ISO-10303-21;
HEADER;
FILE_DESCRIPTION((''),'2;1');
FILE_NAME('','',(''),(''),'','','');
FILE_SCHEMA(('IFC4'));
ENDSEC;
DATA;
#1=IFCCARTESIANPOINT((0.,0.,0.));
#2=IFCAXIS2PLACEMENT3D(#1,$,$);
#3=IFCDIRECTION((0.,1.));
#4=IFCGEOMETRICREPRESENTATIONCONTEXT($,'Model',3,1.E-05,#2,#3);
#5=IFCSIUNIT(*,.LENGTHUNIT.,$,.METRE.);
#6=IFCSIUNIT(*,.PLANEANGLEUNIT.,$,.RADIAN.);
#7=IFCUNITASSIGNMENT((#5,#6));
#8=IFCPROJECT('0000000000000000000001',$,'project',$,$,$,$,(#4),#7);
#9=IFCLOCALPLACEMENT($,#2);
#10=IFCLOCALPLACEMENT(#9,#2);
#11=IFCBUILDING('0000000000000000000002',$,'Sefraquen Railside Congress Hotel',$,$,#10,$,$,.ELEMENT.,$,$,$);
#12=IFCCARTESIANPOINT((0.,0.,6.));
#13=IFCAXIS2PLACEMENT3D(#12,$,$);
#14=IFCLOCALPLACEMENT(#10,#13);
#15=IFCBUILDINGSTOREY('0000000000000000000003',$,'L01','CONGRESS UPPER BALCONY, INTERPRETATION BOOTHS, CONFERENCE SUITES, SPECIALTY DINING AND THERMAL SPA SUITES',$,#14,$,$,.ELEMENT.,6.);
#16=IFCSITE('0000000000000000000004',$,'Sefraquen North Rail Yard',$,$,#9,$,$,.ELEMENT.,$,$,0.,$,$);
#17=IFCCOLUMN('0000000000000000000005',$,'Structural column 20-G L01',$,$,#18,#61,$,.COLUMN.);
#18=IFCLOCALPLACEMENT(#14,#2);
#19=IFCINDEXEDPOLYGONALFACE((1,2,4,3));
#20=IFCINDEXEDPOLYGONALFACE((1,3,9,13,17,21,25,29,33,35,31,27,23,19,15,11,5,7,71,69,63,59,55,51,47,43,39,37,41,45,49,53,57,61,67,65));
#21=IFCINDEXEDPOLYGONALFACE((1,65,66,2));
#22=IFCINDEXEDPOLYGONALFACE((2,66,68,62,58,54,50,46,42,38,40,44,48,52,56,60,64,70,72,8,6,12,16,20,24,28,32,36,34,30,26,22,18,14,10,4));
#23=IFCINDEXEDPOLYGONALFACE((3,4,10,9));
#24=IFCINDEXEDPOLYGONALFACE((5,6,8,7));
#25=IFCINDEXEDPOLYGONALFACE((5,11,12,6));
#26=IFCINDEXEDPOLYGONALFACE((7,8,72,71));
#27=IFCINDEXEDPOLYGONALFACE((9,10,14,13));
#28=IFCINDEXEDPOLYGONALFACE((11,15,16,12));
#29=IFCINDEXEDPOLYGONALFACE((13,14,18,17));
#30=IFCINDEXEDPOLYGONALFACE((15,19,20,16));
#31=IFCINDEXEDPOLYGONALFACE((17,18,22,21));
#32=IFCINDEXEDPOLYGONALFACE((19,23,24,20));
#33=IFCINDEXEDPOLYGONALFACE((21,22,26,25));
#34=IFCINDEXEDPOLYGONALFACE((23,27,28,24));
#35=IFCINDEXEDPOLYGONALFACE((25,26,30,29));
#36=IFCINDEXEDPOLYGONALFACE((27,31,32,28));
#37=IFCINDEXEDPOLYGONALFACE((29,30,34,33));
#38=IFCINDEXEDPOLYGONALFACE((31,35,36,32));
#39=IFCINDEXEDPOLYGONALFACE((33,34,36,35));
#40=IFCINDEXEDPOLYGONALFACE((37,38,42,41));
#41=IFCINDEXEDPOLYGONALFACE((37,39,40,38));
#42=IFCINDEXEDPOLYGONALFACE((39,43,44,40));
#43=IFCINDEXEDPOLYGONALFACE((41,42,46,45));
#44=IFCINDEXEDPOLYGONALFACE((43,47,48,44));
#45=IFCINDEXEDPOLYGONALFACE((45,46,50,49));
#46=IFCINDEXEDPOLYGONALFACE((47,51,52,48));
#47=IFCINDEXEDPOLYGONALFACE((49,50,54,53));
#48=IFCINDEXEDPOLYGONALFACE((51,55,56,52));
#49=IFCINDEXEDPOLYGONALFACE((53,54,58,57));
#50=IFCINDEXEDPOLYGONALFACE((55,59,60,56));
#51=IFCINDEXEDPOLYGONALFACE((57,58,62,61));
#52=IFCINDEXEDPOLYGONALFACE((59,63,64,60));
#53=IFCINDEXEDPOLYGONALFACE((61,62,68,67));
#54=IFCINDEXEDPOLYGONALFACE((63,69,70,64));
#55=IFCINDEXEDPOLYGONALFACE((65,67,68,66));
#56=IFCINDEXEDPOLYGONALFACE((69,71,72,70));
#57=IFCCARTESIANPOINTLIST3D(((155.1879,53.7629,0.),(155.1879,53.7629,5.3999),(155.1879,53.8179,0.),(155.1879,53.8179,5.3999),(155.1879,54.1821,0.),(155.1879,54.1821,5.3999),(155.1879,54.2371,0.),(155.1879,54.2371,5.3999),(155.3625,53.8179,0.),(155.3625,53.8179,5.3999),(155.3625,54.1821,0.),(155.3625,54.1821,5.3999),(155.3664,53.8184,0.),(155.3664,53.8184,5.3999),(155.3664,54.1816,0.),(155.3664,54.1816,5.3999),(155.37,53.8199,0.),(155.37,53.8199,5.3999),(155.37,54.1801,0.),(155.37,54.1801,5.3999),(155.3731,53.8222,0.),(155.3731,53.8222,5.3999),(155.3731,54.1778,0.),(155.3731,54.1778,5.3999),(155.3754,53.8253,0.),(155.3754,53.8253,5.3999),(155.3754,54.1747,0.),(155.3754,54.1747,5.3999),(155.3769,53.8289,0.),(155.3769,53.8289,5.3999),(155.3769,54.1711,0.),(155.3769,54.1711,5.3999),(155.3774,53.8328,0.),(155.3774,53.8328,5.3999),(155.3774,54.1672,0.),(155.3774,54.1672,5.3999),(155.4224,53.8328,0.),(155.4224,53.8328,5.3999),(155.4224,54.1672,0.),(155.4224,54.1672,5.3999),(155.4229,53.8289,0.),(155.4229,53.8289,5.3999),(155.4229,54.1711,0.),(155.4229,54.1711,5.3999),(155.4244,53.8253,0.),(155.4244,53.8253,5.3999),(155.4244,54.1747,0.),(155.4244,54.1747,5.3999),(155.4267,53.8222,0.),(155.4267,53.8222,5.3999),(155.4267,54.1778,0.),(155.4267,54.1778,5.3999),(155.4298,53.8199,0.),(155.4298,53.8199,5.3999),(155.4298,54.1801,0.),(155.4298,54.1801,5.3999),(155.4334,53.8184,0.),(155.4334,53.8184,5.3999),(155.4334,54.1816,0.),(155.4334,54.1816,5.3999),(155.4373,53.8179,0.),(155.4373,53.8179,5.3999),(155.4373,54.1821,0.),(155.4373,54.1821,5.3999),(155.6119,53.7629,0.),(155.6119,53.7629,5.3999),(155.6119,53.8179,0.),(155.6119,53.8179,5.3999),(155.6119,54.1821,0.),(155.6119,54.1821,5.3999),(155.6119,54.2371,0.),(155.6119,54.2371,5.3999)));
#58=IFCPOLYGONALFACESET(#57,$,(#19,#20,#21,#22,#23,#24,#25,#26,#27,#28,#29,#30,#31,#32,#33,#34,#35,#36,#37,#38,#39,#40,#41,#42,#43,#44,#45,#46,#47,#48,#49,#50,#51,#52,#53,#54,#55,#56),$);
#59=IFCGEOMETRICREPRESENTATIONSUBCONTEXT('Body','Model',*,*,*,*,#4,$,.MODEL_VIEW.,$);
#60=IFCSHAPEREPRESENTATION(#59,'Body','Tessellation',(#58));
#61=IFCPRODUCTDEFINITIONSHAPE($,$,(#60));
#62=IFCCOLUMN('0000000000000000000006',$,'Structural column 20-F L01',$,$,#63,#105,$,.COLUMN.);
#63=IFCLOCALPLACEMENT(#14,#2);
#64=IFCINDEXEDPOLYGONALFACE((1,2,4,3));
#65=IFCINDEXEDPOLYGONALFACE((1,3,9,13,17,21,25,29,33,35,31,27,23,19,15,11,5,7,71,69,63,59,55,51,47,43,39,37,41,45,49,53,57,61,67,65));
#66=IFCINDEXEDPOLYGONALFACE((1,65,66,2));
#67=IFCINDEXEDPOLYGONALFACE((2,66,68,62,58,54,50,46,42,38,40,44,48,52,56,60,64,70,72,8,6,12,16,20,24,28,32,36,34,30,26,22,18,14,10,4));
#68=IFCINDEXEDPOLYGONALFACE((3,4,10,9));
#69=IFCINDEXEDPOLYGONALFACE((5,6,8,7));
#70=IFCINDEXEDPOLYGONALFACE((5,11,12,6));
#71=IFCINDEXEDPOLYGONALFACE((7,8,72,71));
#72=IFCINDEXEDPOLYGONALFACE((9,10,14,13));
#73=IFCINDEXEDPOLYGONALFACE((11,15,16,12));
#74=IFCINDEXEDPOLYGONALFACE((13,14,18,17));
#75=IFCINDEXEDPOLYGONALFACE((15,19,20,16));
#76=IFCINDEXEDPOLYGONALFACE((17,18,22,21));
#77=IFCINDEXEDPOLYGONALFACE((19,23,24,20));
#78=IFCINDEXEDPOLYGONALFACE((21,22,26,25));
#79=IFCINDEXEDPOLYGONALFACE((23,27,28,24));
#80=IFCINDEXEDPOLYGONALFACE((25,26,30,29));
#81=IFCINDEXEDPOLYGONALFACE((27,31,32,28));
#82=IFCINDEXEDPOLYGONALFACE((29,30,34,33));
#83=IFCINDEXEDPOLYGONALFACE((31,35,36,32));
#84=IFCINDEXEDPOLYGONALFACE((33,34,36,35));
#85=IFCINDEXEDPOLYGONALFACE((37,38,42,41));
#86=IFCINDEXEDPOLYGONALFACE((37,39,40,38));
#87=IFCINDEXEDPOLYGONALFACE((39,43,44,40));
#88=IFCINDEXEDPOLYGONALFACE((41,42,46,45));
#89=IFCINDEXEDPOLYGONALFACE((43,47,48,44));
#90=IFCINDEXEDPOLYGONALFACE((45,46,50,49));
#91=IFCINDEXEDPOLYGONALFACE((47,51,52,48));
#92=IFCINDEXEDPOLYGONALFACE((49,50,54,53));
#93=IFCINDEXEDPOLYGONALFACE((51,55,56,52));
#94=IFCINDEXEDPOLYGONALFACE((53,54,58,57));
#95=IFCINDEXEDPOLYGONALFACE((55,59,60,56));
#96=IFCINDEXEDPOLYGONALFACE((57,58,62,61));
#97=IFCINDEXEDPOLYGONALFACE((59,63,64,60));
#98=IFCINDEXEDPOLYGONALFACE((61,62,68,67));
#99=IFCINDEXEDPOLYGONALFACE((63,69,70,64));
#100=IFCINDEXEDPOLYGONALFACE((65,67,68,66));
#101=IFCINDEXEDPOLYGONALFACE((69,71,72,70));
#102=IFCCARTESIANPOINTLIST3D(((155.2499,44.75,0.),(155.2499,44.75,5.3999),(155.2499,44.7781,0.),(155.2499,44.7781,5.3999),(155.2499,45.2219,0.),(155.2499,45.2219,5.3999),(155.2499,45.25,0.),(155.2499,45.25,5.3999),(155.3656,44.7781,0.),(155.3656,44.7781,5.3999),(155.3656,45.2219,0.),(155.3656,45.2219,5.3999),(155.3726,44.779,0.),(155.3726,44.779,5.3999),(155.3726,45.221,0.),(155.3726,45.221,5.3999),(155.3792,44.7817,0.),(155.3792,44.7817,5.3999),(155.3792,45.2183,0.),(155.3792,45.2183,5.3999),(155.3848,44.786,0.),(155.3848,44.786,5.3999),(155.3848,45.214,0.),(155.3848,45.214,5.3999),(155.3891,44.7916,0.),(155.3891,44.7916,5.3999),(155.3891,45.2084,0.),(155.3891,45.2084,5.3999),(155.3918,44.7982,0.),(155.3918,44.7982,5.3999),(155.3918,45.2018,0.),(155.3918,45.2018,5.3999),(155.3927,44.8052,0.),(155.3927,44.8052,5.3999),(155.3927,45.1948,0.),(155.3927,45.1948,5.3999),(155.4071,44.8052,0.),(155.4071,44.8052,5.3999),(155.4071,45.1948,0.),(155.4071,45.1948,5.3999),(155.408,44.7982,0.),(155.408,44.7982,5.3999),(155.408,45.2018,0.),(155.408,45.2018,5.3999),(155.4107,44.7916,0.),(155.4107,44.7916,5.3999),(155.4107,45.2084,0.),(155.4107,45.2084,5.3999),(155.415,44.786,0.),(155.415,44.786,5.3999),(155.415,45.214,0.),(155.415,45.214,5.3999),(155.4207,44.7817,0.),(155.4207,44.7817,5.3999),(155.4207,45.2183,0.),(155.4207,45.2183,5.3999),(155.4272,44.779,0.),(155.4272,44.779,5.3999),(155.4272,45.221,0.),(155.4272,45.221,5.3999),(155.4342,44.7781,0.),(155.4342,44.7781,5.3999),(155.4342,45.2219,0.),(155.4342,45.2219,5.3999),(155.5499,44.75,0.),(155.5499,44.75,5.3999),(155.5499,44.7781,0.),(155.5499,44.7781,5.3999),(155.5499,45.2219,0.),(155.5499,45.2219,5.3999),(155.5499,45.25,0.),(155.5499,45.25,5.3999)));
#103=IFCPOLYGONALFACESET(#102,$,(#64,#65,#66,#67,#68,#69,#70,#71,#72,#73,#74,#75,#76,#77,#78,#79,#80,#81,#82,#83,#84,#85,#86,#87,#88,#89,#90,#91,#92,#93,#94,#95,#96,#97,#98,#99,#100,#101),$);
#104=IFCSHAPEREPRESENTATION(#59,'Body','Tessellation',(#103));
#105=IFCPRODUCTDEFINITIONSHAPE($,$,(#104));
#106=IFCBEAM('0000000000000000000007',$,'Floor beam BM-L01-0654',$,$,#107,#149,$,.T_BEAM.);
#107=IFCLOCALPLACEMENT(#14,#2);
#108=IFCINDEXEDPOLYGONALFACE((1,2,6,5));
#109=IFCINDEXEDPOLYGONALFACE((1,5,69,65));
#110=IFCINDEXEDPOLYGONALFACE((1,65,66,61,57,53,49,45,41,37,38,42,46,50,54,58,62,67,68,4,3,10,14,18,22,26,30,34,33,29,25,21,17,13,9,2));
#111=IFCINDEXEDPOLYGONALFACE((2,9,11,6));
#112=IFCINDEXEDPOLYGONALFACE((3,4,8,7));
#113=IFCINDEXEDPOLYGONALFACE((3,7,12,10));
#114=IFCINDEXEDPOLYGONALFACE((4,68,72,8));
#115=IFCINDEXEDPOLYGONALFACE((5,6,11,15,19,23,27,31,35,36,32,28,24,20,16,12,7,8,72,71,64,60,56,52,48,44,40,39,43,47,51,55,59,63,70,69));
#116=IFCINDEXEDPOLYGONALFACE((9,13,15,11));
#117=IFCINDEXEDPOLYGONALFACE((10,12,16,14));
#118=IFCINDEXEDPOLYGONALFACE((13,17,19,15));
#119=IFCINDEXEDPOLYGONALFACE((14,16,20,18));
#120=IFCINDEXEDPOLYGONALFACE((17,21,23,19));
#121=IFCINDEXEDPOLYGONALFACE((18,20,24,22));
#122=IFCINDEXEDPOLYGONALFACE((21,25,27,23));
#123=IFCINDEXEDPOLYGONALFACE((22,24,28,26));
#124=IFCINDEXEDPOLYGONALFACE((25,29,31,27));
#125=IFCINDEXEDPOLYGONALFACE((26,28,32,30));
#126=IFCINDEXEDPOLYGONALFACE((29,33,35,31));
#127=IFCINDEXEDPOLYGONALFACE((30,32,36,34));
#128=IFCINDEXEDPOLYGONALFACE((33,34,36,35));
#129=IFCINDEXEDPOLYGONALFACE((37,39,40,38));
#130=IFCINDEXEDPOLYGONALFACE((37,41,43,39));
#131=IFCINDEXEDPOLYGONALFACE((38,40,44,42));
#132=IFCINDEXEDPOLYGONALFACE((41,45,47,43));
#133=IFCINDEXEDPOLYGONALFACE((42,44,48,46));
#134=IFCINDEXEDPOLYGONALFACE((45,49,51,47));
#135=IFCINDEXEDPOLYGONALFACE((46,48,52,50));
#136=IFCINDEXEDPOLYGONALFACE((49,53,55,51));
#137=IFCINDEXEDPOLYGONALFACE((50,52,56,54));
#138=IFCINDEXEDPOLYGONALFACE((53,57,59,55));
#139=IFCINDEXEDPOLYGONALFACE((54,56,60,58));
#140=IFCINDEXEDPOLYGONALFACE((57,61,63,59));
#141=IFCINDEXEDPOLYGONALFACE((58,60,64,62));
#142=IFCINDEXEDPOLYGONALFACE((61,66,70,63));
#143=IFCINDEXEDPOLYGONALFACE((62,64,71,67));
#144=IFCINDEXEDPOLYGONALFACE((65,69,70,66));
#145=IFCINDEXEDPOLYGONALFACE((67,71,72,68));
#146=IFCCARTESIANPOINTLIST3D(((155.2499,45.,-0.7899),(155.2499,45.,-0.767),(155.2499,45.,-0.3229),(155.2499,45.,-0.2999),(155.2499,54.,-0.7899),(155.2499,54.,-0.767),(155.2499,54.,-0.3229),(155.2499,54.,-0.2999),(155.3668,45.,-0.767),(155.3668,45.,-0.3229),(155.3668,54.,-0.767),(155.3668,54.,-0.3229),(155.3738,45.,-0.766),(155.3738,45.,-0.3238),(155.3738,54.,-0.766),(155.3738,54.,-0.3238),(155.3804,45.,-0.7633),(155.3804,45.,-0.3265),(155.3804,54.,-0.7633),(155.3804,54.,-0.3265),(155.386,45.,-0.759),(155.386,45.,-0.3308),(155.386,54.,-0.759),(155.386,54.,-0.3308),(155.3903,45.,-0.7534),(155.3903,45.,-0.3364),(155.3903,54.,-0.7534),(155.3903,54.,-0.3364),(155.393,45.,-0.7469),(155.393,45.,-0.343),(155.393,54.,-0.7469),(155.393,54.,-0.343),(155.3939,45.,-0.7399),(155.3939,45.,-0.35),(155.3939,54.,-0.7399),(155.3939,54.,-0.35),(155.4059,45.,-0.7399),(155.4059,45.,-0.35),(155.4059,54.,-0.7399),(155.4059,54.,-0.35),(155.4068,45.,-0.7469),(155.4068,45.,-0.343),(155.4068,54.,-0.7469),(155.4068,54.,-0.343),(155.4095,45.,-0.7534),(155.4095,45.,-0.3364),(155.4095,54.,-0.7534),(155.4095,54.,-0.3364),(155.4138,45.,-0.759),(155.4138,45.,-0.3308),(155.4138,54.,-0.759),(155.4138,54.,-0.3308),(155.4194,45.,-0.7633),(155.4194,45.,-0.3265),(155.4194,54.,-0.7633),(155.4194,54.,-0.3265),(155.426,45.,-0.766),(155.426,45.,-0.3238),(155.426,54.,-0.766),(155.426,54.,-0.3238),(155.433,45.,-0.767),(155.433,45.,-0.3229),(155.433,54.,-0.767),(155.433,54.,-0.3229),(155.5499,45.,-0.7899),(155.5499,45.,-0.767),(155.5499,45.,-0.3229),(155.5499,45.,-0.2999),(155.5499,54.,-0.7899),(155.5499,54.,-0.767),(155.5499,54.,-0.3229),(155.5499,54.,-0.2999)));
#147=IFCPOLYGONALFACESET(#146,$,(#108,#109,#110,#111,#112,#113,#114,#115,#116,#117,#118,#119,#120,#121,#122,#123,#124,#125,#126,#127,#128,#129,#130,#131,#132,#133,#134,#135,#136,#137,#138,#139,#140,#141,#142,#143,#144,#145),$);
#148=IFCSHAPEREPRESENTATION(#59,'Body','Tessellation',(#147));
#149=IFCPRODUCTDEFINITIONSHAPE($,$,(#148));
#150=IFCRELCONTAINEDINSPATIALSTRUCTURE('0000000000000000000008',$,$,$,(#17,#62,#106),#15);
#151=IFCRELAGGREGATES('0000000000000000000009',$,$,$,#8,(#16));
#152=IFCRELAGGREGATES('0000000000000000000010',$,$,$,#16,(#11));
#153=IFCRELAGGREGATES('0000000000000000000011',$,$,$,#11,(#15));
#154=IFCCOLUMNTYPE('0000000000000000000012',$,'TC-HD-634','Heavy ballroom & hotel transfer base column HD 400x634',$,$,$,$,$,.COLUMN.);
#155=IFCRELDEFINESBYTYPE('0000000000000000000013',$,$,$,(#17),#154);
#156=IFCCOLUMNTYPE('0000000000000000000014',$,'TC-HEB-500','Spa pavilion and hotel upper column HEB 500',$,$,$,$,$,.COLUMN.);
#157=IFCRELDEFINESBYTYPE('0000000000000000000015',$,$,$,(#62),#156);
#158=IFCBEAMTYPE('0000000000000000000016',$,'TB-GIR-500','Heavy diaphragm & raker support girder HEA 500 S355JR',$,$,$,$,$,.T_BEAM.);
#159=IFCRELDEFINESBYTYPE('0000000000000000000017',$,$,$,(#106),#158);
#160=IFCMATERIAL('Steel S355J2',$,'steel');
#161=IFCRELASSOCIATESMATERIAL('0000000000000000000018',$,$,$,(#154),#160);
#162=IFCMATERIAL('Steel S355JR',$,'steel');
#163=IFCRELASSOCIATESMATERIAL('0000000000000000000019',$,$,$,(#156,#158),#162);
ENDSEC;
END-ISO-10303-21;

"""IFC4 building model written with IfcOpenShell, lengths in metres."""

from ifc_helpers import new_model, si_unit, direction, frame, origin, origin_2d, place, context, subcontext, project, spatial, i_section, extrude, material, material_profile, profile_set, type_object, element, save


model = new_model("IFC4")

# Units and contexts
model_context = context("Model", 3, precision=1e-05, world=origin(), true_north=direction((0.0, 1.0)))
body_context = subcontext(model_context, "Body", "Model", "MODEL_VIEW")
ifc_project = project(units=[si_unit("LENGTHUNIT", "METRE"), si_unit("PLANEANGLEUNIT", "RADIAN")], contexts=[model_context])

# Site, building, storey
site_placement = place(None, origin())
site = spatial("IfcSite", under=ifc_project, at=site_placement, Name="Sefraquen North Rail Yard", CompositionType="ELEMENT", RefElevation=0.0)
building_placement = place(site_placement, origin())
building = spatial("IfcBuilding", under=site, at=building_placement, Name="Sefraquen Railside Congress Hotel", CompositionType="ELEMENT")
storey_placement = place(building_placement, frame((0.0, 0.0, 6.0)))
storey = spatial("IfcBuildingStorey", under=building, at=storey_placement, Name="L01", Description="CONGRESS UPPER BALCONY, INTERPRETATION BOOTHS, CONFERENCE SUITES, SPECIALTY DINING AND THERMAL SPA SUITES", CompositionType="ELEMENT", Elevation=6.0)

# Columns
ifc_material_1 = material(Name="Steel S355J2", Category="steel")
ifc_material_profile_1 = material_profile(ifc_material_1, i_section(OverallWidth=0.4241, OverallDepth=0.4741, WebThickness=0.0449, FlangeThickness=0.0549, FilletRadius=0.0149, at=origin_2d()), Name="HD 400x634")
ifc_profile_set_1 = profile_set([ifc_material_profile_1], Name="Steel S355J2")
column_type_1 = type_object("IfcColumnType", Name="TC-HD-634", Description="Heavy ballroom & hotel transfer base column HD 400x634", PredefinedType="COLUMN", material=ifc_profile_set_1)
column_1_placement = place(storey_placement, frame((155.3999, 54.0, 0.0), z_axis=(0.0, 0.0, 1.0), x_axis=(1.0, 0.0, 0.0)))
element("IfcColumn", 1, at=column_1_placement, inside=storey, type_object=column_type_1, Name="Structural column 20-G L01", PredefinedType="COLUMN", context=body_context, shape_type="SweptSolid", body=[
    extrude(i_section(OverallWidth=0.4241, OverallDepth=0.4741, WebThickness=0.0449, FlangeThickness=0.0549, FilletRadius=0.0149, at=origin_2d()), origin(), (0.0, 0.0, 1.0), 5.3999),
])
ifc_material_2 = material(Name="Steel S355JR", Category="steel")
ifc_material_profile_2 = material_profile(ifc_material_2, i_section(OverallWidth=0.3, OverallDepth=0.5, WebThickness=0.0144, FlangeThickness=0.0281, FilletRadius=0.0271, at=origin_2d()), Name="HEB 500")
ifc_profile_set_2 = profile_set([ifc_material_profile_2], Name="Steel S355JR")
column_type_2 = type_object("IfcColumnType", Name="TC-HEB-500", Description="Spa pavilion and hotel upper column HEB 500", PredefinedType="COLUMN", material=ifc_profile_set_2)
column_2_placement = place(storey_placement, frame((155.3999, 45.0, 0.0), z_axis=(0.0, 0.0, 1.0), x_axis=(1.0, 0.0, 0.0)))
element("IfcColumn", 2, at=column_2_placement, inside=storey, type_object=column_type_2, Name="Structural column 20-F L01", PredefinedType="COLUMN", context=body_context, shape_type="SweptSolid", body=[
    extrude(i_section(OverallWidth=0.3, OverallDepth=0.5, WebThickness=0.0144, FlangeThickness=0.0281, FilletRadius=0.0271, at=origin_2d()), origin(), (0.0, 0.0, 1.0), 5.3999),
])

# Beam
ifc_material_profile_3 = material_profile(ifc_material_2, i_section(OverallWidth=0.3, OverallDepth=0.49, WebThickness=0.012, FlangeThickness=0.0229, FilletRadius=0.0271, at=origin_2d()), Name="HEA 500")
ifc_profile_set_3 = profile_set([ifc_material_profile_3], Name="Steel S355JR")
beam_type_1 = type_object("IfcBeamType", Name="TB-GIR-500", Description="Heavy diaphragm & raker support girder HEA 500 S355JR", PredefinedType="T_BEAM", material=ifc_profile_set_3)
beam_placement = place(storey_placement, frame((155.3999, 45.0, -0.5449), z_axis=(0.0, 1.0, 0.0), x_axis=(-1.0, 0.0, 0.0)))
element("IfcBeam", 3, at=beam_placement, inside=storey, type_object=beam_type_1, Name="Floor beam BM-L01-0654", PredefinedType="T_BEAM", context=body_context, shape_type="SweptSolid", body=[
    extrude(i_section(OverallWidth=0.3, OverallDepth=0.49, WebThickness=0.012, FlangeThickness=0.0229, FilletRadius=0.0271, at=origin_2d()), origin(), (0.0, 0.0, 1.0), 9.0),
])

save(model, "model.ifc")
